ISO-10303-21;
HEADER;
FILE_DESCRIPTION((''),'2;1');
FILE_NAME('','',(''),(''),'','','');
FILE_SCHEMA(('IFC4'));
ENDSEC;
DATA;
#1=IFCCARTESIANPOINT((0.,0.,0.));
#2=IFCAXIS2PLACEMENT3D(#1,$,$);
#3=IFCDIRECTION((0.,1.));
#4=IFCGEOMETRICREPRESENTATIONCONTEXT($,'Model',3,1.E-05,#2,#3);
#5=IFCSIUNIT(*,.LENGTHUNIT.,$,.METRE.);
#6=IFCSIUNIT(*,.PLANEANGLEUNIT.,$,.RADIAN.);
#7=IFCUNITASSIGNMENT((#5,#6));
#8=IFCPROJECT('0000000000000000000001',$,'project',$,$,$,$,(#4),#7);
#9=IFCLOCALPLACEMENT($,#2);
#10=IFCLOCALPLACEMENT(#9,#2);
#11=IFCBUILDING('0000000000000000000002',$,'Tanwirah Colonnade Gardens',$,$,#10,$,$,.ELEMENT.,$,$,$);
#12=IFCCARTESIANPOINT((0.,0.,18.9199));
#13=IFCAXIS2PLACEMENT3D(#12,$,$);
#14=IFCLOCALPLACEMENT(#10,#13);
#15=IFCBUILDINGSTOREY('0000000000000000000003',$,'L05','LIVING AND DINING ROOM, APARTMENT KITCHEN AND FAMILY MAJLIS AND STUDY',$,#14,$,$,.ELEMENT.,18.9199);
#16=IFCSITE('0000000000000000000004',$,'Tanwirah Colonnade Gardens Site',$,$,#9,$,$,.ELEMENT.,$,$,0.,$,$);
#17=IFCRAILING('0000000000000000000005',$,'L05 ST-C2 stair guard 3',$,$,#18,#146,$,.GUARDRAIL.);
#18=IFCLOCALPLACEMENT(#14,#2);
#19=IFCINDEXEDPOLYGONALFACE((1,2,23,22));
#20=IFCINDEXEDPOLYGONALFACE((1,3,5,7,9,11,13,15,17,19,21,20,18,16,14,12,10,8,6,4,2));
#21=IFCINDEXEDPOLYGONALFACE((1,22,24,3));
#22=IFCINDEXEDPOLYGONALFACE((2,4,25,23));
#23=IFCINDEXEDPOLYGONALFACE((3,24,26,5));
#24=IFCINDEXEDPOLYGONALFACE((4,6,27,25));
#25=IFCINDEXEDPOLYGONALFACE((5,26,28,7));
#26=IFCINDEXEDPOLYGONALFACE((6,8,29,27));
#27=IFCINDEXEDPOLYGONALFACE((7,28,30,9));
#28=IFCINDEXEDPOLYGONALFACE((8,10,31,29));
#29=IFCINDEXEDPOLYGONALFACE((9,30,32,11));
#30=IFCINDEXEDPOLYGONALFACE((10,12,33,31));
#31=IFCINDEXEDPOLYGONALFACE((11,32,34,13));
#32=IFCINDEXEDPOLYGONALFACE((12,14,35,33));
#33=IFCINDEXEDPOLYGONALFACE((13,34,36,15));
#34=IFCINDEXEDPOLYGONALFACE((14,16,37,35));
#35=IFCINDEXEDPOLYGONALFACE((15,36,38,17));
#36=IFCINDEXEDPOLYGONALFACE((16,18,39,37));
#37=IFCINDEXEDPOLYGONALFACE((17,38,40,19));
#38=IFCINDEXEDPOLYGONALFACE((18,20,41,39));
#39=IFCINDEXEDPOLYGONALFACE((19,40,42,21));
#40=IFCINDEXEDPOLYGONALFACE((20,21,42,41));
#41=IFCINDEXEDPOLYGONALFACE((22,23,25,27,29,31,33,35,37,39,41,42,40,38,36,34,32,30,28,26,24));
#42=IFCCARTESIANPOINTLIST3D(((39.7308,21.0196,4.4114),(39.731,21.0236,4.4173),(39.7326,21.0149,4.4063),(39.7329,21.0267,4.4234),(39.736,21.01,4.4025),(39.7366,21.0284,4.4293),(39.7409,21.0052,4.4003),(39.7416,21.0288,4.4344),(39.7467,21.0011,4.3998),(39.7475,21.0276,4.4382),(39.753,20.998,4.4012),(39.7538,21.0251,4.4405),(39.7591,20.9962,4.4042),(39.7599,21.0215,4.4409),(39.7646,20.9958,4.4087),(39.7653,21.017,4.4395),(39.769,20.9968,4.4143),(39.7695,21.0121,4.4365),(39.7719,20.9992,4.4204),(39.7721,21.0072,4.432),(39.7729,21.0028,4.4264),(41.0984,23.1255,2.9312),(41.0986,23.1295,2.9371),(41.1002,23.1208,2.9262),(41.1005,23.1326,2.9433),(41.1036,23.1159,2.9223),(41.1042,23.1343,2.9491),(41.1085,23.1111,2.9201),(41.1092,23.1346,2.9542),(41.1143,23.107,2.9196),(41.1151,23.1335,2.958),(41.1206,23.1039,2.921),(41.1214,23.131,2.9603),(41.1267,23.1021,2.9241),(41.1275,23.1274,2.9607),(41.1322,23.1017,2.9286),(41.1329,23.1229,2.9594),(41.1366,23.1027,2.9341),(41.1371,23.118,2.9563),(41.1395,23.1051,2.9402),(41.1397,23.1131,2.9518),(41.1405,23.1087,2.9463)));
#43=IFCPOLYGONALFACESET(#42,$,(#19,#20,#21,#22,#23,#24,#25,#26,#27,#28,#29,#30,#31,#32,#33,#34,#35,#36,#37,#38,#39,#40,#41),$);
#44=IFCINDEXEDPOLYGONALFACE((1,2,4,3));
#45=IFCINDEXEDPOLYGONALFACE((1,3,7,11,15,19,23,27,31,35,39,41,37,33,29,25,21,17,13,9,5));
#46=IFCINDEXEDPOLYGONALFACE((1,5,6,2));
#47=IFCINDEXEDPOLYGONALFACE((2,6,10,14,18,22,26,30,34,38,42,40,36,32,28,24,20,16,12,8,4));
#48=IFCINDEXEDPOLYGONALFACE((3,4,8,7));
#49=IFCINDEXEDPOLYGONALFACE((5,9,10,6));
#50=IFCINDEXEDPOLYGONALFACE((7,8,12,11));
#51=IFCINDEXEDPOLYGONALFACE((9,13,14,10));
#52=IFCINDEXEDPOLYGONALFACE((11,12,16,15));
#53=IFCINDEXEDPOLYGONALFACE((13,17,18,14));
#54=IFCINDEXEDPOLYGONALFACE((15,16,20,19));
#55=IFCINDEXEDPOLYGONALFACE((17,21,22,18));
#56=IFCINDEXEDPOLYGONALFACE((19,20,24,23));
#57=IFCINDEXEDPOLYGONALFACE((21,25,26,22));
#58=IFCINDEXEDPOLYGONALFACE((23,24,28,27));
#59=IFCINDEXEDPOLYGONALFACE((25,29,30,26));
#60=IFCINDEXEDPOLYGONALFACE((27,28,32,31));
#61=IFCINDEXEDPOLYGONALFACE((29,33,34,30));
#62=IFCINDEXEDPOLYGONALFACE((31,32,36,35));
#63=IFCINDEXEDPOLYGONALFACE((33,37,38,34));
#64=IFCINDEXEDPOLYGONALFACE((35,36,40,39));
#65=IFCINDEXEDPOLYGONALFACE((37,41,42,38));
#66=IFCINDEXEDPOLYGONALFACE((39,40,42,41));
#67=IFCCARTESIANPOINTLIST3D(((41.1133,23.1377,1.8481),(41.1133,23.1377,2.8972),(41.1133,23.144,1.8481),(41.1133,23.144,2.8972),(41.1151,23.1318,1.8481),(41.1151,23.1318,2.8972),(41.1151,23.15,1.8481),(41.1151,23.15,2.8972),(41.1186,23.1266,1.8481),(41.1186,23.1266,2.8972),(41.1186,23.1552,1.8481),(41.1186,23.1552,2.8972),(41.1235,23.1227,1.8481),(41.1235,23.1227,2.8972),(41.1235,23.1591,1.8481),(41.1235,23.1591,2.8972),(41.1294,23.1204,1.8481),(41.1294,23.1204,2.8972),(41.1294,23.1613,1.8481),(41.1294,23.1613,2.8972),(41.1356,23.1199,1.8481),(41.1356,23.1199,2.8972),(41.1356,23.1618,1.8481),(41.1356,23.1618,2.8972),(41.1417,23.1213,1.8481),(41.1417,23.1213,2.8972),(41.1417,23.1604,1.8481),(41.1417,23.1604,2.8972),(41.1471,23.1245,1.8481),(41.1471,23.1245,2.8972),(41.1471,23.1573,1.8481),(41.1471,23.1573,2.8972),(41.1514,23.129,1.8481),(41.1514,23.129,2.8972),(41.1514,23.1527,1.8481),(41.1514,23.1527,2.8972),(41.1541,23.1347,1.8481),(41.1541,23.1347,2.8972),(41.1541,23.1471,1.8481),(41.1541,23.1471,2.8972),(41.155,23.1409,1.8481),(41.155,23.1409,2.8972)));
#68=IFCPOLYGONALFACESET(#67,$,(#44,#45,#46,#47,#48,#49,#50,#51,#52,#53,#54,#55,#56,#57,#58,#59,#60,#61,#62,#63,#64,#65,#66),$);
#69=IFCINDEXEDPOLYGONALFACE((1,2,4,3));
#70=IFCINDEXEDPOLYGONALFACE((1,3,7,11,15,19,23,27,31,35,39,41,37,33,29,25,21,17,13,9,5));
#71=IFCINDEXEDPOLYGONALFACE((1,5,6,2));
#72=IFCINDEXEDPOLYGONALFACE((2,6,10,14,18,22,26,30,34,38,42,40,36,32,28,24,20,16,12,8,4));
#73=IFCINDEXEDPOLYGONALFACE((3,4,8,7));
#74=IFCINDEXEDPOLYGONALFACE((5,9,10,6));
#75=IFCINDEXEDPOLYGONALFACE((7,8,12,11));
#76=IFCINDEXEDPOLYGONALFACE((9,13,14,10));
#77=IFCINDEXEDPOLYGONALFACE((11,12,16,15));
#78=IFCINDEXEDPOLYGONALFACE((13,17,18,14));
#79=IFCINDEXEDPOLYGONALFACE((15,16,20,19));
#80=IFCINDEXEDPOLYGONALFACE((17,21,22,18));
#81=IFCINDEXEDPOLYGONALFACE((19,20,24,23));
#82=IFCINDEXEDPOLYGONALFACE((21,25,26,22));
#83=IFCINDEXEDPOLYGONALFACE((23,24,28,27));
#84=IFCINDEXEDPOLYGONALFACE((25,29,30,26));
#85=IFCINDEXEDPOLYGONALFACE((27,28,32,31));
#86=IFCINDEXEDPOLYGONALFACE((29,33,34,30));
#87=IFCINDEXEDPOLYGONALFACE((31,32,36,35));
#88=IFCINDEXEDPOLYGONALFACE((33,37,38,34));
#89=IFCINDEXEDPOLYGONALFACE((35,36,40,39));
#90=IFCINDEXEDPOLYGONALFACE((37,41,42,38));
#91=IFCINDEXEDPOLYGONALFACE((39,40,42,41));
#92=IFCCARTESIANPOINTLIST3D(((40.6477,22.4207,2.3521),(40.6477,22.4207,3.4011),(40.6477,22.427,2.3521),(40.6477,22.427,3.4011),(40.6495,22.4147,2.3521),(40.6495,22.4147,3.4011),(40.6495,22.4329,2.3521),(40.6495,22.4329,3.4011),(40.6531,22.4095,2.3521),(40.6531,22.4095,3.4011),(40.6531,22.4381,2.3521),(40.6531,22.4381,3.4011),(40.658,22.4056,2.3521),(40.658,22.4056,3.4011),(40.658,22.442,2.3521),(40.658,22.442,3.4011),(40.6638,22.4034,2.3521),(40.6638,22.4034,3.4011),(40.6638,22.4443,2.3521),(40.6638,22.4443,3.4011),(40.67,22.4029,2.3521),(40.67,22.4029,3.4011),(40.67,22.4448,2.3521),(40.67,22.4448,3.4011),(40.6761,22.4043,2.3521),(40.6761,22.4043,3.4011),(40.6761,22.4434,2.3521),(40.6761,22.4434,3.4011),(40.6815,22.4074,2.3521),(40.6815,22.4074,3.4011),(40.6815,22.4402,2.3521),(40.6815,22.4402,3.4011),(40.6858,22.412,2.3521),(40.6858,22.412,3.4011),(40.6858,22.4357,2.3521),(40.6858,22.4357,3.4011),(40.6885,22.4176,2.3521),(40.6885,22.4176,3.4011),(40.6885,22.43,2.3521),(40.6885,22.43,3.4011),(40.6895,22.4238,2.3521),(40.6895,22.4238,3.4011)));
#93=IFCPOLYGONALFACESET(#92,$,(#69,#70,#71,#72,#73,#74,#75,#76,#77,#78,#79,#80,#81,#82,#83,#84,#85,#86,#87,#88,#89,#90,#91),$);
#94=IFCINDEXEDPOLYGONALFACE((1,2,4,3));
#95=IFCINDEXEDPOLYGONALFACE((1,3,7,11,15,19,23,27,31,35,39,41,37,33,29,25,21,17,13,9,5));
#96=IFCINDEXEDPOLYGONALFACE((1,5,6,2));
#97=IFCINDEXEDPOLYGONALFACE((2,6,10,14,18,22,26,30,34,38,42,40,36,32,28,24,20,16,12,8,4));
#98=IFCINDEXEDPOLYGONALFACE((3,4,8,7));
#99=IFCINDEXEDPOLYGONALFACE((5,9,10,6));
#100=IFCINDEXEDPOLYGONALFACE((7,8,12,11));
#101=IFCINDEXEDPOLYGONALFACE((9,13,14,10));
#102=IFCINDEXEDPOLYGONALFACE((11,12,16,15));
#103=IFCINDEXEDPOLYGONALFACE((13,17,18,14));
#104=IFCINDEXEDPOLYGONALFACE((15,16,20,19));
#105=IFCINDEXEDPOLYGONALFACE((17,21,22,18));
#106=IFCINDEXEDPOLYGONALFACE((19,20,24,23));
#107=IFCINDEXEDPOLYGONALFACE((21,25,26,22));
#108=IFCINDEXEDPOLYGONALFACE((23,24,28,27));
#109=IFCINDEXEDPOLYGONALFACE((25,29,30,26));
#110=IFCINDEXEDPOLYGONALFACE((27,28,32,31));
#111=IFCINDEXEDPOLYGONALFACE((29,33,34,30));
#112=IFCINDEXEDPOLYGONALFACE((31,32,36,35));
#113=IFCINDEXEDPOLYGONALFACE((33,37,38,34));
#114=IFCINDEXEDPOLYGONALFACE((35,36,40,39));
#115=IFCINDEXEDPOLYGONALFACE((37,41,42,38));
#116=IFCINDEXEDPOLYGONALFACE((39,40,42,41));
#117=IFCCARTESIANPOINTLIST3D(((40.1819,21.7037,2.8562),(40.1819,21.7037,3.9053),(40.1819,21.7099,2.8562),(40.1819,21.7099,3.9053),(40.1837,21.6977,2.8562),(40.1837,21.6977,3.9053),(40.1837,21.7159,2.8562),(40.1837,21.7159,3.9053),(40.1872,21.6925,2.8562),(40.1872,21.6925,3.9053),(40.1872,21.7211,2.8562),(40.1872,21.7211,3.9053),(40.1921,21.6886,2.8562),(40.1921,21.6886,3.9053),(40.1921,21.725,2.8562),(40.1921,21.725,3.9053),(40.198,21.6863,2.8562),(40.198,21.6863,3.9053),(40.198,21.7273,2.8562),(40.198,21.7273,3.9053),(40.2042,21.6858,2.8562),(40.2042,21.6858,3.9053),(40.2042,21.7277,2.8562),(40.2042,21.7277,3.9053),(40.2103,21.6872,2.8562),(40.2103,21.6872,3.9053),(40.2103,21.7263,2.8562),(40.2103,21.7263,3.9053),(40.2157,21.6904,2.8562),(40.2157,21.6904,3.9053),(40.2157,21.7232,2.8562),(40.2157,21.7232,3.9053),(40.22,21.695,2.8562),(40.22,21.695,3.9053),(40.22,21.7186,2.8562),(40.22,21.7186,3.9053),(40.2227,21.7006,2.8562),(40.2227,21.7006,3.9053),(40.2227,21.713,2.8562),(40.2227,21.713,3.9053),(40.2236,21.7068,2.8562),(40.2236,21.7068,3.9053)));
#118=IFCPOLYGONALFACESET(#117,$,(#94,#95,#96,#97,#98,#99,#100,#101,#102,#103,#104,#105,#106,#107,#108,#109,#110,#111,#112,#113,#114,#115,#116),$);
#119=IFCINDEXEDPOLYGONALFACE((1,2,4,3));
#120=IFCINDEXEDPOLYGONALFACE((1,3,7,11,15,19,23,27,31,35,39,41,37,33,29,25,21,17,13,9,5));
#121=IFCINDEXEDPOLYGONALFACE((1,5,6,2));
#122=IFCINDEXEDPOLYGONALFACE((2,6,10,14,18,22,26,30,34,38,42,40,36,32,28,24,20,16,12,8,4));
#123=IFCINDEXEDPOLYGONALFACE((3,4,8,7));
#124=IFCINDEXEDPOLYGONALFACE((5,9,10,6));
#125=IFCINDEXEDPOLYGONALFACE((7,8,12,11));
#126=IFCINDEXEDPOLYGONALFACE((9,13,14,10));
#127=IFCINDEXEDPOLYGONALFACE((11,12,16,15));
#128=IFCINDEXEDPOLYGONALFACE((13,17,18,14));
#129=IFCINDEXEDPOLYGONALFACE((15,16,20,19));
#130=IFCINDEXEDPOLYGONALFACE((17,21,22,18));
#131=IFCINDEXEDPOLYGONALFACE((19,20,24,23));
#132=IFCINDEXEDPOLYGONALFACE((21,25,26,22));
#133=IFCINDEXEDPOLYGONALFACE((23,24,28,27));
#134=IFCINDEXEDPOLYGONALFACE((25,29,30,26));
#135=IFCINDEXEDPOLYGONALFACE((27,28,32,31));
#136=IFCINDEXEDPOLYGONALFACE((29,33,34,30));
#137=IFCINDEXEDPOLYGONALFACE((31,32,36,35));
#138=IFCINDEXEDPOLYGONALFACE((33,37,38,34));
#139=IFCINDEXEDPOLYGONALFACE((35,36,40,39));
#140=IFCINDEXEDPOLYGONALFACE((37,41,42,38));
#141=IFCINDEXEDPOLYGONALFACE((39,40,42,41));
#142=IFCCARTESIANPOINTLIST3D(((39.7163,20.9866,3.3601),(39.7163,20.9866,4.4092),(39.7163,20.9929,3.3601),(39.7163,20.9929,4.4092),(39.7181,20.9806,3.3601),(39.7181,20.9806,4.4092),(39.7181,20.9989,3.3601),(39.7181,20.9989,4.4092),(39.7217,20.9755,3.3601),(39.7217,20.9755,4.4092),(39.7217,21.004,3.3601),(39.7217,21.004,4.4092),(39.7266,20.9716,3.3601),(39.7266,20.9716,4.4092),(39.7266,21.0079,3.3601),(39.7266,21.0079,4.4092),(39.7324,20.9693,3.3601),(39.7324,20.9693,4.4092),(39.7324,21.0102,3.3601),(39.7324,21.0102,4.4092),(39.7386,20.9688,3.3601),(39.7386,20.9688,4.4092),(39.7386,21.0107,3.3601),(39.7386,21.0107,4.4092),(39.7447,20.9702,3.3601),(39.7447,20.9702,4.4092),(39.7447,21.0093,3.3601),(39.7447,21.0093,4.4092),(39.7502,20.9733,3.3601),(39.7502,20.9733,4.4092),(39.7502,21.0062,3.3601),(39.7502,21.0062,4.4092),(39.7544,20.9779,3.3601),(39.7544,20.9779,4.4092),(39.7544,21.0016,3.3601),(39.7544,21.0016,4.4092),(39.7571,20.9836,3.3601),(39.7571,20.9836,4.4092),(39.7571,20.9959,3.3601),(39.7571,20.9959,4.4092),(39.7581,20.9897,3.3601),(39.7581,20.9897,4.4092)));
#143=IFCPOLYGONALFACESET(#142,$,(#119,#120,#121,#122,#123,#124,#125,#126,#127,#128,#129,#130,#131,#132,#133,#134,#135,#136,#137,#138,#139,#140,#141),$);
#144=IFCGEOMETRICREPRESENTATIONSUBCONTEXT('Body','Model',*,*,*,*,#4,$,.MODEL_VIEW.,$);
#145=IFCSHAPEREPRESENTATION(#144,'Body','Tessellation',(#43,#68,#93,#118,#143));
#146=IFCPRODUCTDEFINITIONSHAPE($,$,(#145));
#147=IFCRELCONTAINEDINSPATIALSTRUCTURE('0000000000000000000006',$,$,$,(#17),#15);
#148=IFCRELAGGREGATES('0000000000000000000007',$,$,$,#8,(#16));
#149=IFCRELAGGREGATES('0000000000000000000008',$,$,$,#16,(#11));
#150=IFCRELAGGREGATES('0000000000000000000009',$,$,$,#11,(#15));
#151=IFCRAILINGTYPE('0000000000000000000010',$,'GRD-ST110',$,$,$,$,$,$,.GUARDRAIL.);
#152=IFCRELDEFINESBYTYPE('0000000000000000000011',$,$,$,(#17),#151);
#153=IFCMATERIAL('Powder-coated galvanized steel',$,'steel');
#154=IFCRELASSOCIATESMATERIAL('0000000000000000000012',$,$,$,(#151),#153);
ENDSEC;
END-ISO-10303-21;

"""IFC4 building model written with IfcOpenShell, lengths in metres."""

from ifc_helpers import new_model, si_unit, direction, frame, origin, origin_2d, place, context, subcontext, project, spatial, circle, extrude, material, type_object, element, save


model = new_model("IFC4")

# Units and contexts
model_context = context("Model", 3, precision=1e-05, world=origin(), true_north=direction((0.0, 1.0)))
body_context = subcontext(model_context, "Body", "Model", "MODEL_VIEW")
ifc_project = project(units=[si_unit("LENGTHUNIT", "METRE"), si_unit("PLANEANGLEUNIT", "RADIAN")], contexts=[model_context])

# Site, building, storey
site_placement = place(None, origin())
site = spatial("IfcSite", under=ifc_project, at=site_placement, Name="Tanwirah Colonnade Gardens Site", CompositionType="ELEMENT", RefElevation=0.0)
building_placement = place(site_placement, origin())
building = spatial("IfcBuilding", under=site, at=building_placement, Name="Tanwirah Colonnade Gardens", CompositionType="ELEMENT")
storey_placement = place(building_placement, frame((0.0, 0.0, 18.9199)))
storey = spatial("IfcBuildingStorey", under=building, at=storey_placement, Name="L05", Description="LIVING AND DINING ROOM, APARTMENT KITCHEN AND FAMILY MAJLIS AND STUDY", CompositionType="ELEMENT", Elevation=18.9199)

# Railing
ifc_material_1 = material(Name="Powder-coated galvanized steel", Category="steel")
railing_type_1 = type_object("IfcRailingType", Name="GRD-ST110", PredefinedType="GUARDRAIL", material=ifc_material_1)
railing_1_placement = place(storey_placement, frame((41.134, 23.1409, 1.8481)))
element("IfcRailing", 1, at=railing_1_placement, inside=storey, type_object=railing_type_1, Name="L05 ST-C2 stair guard 3", PredefinedType="GUARDRAIL", context=body_context, shape_type="SweptSolid", body=[
    extrude(circle(Radius=0.0239, at=origin_2d()), frame((-0.0146, -0.0227, 1.092), z_axis=(-0.469193, -0.722484, 0.507814), x_axis=(0.838668, -0.544644, 0.0)), (0.0, 0.0, 1.0), 2.9148),
    extrude(circle(Radius=0.021, at=origin_2d()), origin(), (0.0, 0.0, 1.0), 1.0491),
    extrude(circle(Radius=0.021, at=origin_2d()), frame((-0.4656, -0.717, 0.5039)), (0.0, 0.0, 1.0), 1.0491),
    extrude(circle(Radius=0.021, at=origin_2d()), frame((-0.9314, -1.4341, 1.0081)), (0.0, 0.0, 1.0), 1.0491),
    extrude(circle(Radius=0.021, at=origin_2d()), frame((-1.397, -2.1511, 1.512)), (0.0, 0.0, 1.0), 1.0491),
])

save(model, "model.ifc")
